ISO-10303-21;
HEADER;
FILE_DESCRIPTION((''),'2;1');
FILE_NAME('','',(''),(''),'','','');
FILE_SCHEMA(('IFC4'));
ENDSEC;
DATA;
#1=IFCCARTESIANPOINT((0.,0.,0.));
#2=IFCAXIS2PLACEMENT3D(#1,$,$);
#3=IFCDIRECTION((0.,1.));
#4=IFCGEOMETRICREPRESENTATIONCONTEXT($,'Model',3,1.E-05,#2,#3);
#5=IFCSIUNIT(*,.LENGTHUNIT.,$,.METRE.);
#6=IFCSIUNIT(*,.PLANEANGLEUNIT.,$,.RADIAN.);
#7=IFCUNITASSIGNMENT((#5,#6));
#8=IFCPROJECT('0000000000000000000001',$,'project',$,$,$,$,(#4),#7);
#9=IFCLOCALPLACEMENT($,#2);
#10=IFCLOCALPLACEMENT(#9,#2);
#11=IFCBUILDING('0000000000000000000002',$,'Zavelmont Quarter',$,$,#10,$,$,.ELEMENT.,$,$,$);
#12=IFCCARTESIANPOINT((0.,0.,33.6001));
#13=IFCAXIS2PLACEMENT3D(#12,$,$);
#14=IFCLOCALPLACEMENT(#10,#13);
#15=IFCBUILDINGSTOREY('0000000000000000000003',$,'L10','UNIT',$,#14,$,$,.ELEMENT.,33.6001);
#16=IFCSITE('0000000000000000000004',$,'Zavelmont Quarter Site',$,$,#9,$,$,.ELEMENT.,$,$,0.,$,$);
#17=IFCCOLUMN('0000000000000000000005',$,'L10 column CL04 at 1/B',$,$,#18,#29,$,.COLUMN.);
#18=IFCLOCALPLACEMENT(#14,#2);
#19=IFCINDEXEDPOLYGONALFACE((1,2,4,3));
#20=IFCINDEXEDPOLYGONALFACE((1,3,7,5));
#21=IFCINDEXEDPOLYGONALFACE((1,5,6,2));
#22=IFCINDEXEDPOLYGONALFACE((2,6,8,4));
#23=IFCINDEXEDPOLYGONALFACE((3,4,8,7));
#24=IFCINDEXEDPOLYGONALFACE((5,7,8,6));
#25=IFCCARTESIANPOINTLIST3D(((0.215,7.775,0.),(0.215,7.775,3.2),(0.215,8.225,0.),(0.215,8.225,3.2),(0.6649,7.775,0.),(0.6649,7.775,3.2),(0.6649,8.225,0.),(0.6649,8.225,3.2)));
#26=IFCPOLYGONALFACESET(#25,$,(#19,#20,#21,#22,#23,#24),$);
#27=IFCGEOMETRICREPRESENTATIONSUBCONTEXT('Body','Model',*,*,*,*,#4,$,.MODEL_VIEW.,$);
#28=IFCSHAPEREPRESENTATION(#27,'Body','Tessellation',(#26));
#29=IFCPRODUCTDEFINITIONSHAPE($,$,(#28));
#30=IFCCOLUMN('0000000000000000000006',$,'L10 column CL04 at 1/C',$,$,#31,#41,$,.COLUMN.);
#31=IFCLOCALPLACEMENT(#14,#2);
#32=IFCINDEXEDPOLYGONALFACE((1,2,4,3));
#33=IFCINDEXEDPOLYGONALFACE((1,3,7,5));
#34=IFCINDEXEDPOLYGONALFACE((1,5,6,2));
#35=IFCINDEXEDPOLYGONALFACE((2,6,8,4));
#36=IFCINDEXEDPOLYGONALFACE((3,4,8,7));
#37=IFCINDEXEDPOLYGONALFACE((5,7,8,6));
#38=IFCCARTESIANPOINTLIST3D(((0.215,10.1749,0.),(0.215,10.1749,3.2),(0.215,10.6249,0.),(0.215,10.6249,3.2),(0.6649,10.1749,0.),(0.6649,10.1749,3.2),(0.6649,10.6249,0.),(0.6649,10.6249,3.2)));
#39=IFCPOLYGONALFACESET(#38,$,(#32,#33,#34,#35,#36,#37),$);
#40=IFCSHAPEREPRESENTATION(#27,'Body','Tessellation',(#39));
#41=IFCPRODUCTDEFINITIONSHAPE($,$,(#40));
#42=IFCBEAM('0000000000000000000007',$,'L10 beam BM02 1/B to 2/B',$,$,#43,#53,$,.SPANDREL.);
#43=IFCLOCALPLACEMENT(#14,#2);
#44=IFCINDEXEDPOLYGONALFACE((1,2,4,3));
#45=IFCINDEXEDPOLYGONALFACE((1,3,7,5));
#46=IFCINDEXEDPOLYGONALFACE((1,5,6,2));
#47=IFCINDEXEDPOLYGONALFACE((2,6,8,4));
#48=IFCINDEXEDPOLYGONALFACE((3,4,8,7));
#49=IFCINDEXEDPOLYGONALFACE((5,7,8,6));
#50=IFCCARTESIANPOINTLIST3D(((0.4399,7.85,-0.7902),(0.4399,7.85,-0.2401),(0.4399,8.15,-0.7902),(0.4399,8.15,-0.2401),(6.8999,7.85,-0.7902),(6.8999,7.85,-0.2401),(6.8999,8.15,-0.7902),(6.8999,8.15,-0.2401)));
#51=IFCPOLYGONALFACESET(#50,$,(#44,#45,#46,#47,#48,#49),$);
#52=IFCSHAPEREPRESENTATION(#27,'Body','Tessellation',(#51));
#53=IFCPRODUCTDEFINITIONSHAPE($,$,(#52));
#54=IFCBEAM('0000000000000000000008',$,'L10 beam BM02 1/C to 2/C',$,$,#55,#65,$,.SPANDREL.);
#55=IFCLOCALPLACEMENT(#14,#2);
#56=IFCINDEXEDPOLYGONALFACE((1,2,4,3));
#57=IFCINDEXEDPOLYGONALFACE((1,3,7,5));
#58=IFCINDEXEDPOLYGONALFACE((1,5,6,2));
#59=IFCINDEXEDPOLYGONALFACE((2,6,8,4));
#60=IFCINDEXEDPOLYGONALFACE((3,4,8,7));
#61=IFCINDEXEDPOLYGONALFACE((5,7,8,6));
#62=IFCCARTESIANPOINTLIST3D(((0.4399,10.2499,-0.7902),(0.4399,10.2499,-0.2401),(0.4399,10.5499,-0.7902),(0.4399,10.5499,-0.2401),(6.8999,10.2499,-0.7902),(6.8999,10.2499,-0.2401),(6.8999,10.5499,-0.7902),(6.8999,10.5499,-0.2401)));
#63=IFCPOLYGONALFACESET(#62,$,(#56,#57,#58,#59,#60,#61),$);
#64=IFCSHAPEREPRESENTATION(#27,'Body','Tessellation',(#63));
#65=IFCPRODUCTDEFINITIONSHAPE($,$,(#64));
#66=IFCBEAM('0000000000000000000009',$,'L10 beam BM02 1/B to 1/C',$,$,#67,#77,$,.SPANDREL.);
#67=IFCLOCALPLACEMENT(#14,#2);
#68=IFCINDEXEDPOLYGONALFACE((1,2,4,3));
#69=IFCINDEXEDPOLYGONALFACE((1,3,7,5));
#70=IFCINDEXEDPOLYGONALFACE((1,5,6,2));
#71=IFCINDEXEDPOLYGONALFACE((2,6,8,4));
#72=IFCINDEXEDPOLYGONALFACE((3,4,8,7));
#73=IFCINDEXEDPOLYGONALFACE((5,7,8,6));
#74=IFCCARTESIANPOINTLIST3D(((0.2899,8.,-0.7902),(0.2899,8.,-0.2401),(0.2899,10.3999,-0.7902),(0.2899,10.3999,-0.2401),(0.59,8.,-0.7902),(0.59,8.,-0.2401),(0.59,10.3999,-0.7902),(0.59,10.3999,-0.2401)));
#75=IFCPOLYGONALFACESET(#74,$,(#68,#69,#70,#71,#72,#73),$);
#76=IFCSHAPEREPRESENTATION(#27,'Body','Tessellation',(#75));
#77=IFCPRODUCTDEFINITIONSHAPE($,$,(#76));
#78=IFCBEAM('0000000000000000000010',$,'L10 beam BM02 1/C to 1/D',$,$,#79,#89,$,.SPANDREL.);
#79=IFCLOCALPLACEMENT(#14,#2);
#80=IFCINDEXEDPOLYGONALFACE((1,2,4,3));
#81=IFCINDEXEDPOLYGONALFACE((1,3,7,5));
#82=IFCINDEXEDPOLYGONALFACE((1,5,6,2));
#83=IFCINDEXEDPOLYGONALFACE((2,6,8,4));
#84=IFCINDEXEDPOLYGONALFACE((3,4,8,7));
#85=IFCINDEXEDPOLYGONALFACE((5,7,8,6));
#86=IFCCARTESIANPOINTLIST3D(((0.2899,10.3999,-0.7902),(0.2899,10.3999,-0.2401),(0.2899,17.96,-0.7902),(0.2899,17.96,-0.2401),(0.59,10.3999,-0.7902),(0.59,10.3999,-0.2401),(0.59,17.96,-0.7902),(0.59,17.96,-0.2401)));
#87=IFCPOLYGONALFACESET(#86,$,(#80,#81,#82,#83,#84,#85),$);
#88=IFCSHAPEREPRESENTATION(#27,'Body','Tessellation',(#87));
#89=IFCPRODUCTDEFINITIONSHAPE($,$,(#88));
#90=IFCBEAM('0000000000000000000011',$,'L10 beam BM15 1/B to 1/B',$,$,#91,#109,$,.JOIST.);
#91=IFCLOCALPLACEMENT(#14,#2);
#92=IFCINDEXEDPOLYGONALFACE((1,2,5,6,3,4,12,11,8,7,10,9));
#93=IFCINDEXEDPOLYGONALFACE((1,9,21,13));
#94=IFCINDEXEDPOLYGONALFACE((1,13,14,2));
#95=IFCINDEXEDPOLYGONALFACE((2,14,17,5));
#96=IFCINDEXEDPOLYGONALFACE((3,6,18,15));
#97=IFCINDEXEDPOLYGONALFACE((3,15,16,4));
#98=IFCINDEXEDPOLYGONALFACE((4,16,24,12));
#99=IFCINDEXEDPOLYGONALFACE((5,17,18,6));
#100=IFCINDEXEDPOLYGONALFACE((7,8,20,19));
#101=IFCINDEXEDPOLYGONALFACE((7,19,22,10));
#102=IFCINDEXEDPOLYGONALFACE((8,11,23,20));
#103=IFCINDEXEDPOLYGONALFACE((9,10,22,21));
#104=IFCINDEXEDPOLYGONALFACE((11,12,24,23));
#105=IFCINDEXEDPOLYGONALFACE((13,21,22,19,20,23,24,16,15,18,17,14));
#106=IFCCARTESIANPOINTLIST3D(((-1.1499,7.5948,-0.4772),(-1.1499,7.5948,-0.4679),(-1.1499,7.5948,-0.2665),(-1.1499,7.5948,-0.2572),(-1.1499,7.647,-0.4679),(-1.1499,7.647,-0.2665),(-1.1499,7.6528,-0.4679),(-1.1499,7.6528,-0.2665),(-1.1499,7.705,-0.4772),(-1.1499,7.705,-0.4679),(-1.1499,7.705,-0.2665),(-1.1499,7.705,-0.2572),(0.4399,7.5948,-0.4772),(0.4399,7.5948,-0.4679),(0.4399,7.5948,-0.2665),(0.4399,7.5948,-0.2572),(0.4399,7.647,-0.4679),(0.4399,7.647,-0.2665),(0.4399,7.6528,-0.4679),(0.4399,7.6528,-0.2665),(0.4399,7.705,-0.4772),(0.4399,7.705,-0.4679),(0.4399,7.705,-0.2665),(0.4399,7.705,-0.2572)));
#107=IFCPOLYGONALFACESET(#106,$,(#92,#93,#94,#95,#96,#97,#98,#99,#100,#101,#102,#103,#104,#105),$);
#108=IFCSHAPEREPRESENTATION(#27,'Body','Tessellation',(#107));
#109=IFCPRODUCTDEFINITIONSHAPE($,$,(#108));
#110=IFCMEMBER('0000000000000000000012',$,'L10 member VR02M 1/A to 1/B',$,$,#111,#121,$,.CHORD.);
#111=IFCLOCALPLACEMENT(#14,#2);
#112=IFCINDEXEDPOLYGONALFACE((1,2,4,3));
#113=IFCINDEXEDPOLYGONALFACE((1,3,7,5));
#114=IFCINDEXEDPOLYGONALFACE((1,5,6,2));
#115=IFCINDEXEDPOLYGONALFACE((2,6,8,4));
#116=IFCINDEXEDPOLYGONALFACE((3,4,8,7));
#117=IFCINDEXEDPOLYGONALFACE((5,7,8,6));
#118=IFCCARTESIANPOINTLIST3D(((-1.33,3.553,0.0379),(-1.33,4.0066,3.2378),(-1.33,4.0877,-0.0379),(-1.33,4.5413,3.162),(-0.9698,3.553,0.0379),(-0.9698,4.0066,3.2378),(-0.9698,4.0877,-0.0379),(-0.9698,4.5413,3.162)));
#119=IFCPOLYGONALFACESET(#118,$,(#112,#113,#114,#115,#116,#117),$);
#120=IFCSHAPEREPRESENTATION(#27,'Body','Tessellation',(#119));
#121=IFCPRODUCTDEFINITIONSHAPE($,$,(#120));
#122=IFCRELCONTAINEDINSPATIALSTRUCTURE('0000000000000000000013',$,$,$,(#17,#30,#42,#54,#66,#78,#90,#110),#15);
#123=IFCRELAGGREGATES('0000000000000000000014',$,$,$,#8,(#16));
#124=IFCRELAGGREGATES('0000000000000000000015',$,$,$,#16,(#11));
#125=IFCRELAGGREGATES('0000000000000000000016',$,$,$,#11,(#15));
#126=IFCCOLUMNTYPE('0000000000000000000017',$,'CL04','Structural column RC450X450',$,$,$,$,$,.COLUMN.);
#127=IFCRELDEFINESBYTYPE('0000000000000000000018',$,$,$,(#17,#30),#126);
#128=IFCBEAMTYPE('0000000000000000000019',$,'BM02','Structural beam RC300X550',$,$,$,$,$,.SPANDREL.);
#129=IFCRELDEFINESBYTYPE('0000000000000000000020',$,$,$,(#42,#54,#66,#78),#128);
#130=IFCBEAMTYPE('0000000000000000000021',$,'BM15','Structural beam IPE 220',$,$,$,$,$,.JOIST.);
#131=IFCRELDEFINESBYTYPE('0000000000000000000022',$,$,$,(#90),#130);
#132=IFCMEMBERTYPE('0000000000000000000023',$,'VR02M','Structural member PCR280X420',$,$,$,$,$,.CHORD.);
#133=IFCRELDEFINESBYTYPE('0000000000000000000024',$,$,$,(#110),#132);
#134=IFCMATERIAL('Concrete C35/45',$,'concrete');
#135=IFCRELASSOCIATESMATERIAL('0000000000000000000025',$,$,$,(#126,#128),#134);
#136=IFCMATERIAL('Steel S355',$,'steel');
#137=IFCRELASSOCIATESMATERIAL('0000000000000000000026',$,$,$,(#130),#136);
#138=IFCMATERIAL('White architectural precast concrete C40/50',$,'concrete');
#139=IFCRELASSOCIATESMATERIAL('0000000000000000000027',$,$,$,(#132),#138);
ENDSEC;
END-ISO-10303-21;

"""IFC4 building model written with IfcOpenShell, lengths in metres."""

from ifc_helpers import new_model, si_unit, direction, frame, origin, origin_2d, place, context, subcontext, project, spatial, rectangle, i_section, extrude, material, material_profile, profile_set, type_object, element, save


model = new_model("IFC4")

# Units and contexts
model_context = context("Model", 3, precision=1e-05, world=origin(), true_north=direction((0.0, 1.0)))
body_context = subcontext(model_context, "Body", "Model", "MODEL_VIEW")
ifc_project = project(units=[si_unit("LENGTHUNIT", "METRE"), si_unit("PLANEANGLEUNIT", "RADIAN")], contexts=[model_context])

# Site, building, storey
site_placement = place(None, origin())
site = spatial("IfcSite", under=ifc_project, at=site_placement, Name="Zavelmont Quarter Site", CompositionType="ELEMENT", RefElevation=0.0)
building_placement = place(site_placement, origin())
building = spatial("IfcBuilding", under=site, at=building_placement, Name="Zavelmont Quarter", CompositionType="ELEMENT")
storey_placement = place(building_placement, frame((0.0, 0.0, 33.6001)))
storey = spatial("IfcBuildingStorey", under=building, at=storey_placement, Name="L10", Description="UNIT", CompositionType="ELEMENT", Elevation=33.6001)

# Columns
ifc_material_1 = material(Name="Concrete C35/45", Category="concrete")
ifc_material_profile_1 = material_profile(ifc_material_1, rectangle(XDim=0.45, YDim=0.45, at=origin_2d()), Name="RC450X450")
ifc_profile_set_1 = profile_set([ifc_material_profile_1], Name="Concrete C35/45")
column_type = type_object("IfcColumnType", Name="CL04", Description="Structural column RC450X450", PredefinedType="COLUMN", material=ifc_profile_set_1)
for number, where, z_axis, x_axis, name in (
    (1, (0.4399, 8.0, 0.0), (0.0, 0.0, 1.0), (1.0, 0.0, 0.0), "L10 column CL04 at 1/B"),
    (2, (0.4399, 10.3999, 0.0), (0.0, 0.0, 1.0), (1.0, 0.0, 0.0), "L10 column CL04 at 1/C"),
):
    element("IfcColumn", number, at=place(storey_placement, frame(where, z_axis=z_axis, x_axis=x_axis)), inside=storey, type_object=column_type, Name=name, PredefinedType="COLUMN", context=body_context, shape_type="SweptSolid", body=[
        extrude(rectangle(XDim=0.45, YDim=0.45, at=origin_2d()), origin(), (0.0, 0.0, 1.0), 3.2),
    ])

# Beams
ifc_material_profile_2 = material_profile(ifc_material_1, rectangle(XDim=0.3, YDim=0.55, at=origin_2d()), Name="RC300X550")
ifc_profile_set_2 = profile_set([ifc_material_profile_2], Name="Concrete C35/45")
beam_type_1 = type_object("IfcBeamType", Name="BM02", Description="Structural beam RC300X550", PredefinedType="SPANDREL", material=ifc_profile_set_2)
for number, where, z_axis, x_axis, name in (
    (3, (0.4399, 8.0, -0.5151), (1.0, 0.0, 0.0), (0.0, 1.0, 0.0), "L10 beam BM02 1/B to 2/B"),
    (4, (0.4399, 10.3999, -0.5151), (1.0, 0.0, 0.0), (0.0, 1.0, 0.0), "L10 beam BM02 1/C to 2/C"),
):
    element("IfcBeam", number, at=place(storey_placement, frame(where, z_axis=z_axis, x_axis=x_axis)), inside=storey, type_object=beam_type_1, Name=name, PredefinedType="SPANDREL", context=body_context, shape_type="SweptSolid", body=[
        extrude(rectangle(XDim=0.3, YDim=0.55, at=origin_2d()), origin(), (0.0, 0.0, 1.0), 6.46),
    ])
beam_1_placement = place(storey_placement, frame((0.4399, 8.0, -0.5151), z_axis=(0.0, 1.0, 0.0), x_axis=(-1.0, 0.0, 0.0)))
element("IfcBeam", 5, at=beam_1_placement, inside=storey, type_object=beam_type_1, Name="L10 beam BM02 1/B to 1/C", PredefinedType="SPANDREL", context=body_context, shape_type="SweptSolid", body=[
    extrude(rectangle(XDim=0.3, YDim=0.55, at=origin_2d()), origin(), (0.0, 0.0, 1.0), 2.3999),
])
beam_2_placement = place(storey_placement, frame((0.4399, 10.3999, -0.5151), z_axis=(0.0, 1.0, 0.0), x_axis=(-1.0, 0.0, 0.0)))
element("IfcBeam", 6, at=beam_2_placement, inside=storey, type_object=beam_type_1, Name="L10 beam BM02 1/C to 1/D", PredefinedType="SPANDREL", context=body_context, shape_type="SweptSolid", body=[
    extrude(rectangle(XDim=0.3, YDim=0.55, at=origin_2d()), origin(), (0.0, 0.0, 1.0), 7.5601),
])
ifc_material_2 = material(Name="Steel S355", Category="steel")
ifc_material_profile_3 = material_profile(ifc_material_2, i_section(OverallWidth=0.1101, OverallDepth=0.22, WebThickness=0.0059, FlangeThickness=0.0093, at=origin_2d()), Name="IPE 220")
ifc_profile_set_3 = profile_set([ifc_material_profile_3], Name="Steel S355")
beam_type_2 = type_object("IfcBeamType", Name="BM15", Description="Structural beam IPE 220", PredefinedType="JOIST", material=ifc_profile_set_3)
beam_3_placement = place(storey_placement, frame((0.4399, 7.6499, -0.3672), z_axis=(-1.0, 0.0, 0.0), x_axis=(0.0, -1.0, 0.0)))
element("IfcBeam", 7, at=beam_3_placement, inside=storey, type_object=beam_type_2, Name="L10 beam BM15 1/B to 1/B", PredefinedType="JOIST", context=body_context, shape_type="SweptSolid", body=[
    extrude(i_section(OverallWidth=0.1101, OverallDepth=0.22, WebThickness=0.0059, FlangeThickness=0.0093, at=origin_2d()), origin(), (0.0, 0.0, 1.0), 1.5898),
])

# Member
ifc_material_3 = material(Name="White architectural precast concrete C40/50", Category="concrete")
ifc_material_profile_4 = material_profile(ifc_material_3, rectangle(XDim=0.3601, YDim=0.54, at=origin_2d()), Name="PCR280X420")
ifc_profile_set_4 = profile_set([ifc_material_profile_4], Name="White architectural precast concrete C40/50")
member_type = type_object("IfcMemberType", Name="VR02M", Description="Structural member PCR280X420", PredefinedType="CHORD", material=ifc_profile_set_4)
member_placement = place(storey_placement, frame((-1.1499, 3.8203, 0.0), z_axis=(0.0, 0.140353, 0.990102), x_axis=(-1.0, 0.0, 0.0)))
element("IfcMember", 8, at=member_placement, inside=storey, type_object=member_type, Name="L10 member VR02M 1/A to 1/B", PredefinedType="CHORD", context=body_context, shape_type="SweptSolid", body=[
    extrude(rectangle(XDim=0.3601, YDim=0.54, at=origin_2d()), origin(), (0.0, 0.0, 1.0), 3.2319),
])

save(model, "model.ifc")
